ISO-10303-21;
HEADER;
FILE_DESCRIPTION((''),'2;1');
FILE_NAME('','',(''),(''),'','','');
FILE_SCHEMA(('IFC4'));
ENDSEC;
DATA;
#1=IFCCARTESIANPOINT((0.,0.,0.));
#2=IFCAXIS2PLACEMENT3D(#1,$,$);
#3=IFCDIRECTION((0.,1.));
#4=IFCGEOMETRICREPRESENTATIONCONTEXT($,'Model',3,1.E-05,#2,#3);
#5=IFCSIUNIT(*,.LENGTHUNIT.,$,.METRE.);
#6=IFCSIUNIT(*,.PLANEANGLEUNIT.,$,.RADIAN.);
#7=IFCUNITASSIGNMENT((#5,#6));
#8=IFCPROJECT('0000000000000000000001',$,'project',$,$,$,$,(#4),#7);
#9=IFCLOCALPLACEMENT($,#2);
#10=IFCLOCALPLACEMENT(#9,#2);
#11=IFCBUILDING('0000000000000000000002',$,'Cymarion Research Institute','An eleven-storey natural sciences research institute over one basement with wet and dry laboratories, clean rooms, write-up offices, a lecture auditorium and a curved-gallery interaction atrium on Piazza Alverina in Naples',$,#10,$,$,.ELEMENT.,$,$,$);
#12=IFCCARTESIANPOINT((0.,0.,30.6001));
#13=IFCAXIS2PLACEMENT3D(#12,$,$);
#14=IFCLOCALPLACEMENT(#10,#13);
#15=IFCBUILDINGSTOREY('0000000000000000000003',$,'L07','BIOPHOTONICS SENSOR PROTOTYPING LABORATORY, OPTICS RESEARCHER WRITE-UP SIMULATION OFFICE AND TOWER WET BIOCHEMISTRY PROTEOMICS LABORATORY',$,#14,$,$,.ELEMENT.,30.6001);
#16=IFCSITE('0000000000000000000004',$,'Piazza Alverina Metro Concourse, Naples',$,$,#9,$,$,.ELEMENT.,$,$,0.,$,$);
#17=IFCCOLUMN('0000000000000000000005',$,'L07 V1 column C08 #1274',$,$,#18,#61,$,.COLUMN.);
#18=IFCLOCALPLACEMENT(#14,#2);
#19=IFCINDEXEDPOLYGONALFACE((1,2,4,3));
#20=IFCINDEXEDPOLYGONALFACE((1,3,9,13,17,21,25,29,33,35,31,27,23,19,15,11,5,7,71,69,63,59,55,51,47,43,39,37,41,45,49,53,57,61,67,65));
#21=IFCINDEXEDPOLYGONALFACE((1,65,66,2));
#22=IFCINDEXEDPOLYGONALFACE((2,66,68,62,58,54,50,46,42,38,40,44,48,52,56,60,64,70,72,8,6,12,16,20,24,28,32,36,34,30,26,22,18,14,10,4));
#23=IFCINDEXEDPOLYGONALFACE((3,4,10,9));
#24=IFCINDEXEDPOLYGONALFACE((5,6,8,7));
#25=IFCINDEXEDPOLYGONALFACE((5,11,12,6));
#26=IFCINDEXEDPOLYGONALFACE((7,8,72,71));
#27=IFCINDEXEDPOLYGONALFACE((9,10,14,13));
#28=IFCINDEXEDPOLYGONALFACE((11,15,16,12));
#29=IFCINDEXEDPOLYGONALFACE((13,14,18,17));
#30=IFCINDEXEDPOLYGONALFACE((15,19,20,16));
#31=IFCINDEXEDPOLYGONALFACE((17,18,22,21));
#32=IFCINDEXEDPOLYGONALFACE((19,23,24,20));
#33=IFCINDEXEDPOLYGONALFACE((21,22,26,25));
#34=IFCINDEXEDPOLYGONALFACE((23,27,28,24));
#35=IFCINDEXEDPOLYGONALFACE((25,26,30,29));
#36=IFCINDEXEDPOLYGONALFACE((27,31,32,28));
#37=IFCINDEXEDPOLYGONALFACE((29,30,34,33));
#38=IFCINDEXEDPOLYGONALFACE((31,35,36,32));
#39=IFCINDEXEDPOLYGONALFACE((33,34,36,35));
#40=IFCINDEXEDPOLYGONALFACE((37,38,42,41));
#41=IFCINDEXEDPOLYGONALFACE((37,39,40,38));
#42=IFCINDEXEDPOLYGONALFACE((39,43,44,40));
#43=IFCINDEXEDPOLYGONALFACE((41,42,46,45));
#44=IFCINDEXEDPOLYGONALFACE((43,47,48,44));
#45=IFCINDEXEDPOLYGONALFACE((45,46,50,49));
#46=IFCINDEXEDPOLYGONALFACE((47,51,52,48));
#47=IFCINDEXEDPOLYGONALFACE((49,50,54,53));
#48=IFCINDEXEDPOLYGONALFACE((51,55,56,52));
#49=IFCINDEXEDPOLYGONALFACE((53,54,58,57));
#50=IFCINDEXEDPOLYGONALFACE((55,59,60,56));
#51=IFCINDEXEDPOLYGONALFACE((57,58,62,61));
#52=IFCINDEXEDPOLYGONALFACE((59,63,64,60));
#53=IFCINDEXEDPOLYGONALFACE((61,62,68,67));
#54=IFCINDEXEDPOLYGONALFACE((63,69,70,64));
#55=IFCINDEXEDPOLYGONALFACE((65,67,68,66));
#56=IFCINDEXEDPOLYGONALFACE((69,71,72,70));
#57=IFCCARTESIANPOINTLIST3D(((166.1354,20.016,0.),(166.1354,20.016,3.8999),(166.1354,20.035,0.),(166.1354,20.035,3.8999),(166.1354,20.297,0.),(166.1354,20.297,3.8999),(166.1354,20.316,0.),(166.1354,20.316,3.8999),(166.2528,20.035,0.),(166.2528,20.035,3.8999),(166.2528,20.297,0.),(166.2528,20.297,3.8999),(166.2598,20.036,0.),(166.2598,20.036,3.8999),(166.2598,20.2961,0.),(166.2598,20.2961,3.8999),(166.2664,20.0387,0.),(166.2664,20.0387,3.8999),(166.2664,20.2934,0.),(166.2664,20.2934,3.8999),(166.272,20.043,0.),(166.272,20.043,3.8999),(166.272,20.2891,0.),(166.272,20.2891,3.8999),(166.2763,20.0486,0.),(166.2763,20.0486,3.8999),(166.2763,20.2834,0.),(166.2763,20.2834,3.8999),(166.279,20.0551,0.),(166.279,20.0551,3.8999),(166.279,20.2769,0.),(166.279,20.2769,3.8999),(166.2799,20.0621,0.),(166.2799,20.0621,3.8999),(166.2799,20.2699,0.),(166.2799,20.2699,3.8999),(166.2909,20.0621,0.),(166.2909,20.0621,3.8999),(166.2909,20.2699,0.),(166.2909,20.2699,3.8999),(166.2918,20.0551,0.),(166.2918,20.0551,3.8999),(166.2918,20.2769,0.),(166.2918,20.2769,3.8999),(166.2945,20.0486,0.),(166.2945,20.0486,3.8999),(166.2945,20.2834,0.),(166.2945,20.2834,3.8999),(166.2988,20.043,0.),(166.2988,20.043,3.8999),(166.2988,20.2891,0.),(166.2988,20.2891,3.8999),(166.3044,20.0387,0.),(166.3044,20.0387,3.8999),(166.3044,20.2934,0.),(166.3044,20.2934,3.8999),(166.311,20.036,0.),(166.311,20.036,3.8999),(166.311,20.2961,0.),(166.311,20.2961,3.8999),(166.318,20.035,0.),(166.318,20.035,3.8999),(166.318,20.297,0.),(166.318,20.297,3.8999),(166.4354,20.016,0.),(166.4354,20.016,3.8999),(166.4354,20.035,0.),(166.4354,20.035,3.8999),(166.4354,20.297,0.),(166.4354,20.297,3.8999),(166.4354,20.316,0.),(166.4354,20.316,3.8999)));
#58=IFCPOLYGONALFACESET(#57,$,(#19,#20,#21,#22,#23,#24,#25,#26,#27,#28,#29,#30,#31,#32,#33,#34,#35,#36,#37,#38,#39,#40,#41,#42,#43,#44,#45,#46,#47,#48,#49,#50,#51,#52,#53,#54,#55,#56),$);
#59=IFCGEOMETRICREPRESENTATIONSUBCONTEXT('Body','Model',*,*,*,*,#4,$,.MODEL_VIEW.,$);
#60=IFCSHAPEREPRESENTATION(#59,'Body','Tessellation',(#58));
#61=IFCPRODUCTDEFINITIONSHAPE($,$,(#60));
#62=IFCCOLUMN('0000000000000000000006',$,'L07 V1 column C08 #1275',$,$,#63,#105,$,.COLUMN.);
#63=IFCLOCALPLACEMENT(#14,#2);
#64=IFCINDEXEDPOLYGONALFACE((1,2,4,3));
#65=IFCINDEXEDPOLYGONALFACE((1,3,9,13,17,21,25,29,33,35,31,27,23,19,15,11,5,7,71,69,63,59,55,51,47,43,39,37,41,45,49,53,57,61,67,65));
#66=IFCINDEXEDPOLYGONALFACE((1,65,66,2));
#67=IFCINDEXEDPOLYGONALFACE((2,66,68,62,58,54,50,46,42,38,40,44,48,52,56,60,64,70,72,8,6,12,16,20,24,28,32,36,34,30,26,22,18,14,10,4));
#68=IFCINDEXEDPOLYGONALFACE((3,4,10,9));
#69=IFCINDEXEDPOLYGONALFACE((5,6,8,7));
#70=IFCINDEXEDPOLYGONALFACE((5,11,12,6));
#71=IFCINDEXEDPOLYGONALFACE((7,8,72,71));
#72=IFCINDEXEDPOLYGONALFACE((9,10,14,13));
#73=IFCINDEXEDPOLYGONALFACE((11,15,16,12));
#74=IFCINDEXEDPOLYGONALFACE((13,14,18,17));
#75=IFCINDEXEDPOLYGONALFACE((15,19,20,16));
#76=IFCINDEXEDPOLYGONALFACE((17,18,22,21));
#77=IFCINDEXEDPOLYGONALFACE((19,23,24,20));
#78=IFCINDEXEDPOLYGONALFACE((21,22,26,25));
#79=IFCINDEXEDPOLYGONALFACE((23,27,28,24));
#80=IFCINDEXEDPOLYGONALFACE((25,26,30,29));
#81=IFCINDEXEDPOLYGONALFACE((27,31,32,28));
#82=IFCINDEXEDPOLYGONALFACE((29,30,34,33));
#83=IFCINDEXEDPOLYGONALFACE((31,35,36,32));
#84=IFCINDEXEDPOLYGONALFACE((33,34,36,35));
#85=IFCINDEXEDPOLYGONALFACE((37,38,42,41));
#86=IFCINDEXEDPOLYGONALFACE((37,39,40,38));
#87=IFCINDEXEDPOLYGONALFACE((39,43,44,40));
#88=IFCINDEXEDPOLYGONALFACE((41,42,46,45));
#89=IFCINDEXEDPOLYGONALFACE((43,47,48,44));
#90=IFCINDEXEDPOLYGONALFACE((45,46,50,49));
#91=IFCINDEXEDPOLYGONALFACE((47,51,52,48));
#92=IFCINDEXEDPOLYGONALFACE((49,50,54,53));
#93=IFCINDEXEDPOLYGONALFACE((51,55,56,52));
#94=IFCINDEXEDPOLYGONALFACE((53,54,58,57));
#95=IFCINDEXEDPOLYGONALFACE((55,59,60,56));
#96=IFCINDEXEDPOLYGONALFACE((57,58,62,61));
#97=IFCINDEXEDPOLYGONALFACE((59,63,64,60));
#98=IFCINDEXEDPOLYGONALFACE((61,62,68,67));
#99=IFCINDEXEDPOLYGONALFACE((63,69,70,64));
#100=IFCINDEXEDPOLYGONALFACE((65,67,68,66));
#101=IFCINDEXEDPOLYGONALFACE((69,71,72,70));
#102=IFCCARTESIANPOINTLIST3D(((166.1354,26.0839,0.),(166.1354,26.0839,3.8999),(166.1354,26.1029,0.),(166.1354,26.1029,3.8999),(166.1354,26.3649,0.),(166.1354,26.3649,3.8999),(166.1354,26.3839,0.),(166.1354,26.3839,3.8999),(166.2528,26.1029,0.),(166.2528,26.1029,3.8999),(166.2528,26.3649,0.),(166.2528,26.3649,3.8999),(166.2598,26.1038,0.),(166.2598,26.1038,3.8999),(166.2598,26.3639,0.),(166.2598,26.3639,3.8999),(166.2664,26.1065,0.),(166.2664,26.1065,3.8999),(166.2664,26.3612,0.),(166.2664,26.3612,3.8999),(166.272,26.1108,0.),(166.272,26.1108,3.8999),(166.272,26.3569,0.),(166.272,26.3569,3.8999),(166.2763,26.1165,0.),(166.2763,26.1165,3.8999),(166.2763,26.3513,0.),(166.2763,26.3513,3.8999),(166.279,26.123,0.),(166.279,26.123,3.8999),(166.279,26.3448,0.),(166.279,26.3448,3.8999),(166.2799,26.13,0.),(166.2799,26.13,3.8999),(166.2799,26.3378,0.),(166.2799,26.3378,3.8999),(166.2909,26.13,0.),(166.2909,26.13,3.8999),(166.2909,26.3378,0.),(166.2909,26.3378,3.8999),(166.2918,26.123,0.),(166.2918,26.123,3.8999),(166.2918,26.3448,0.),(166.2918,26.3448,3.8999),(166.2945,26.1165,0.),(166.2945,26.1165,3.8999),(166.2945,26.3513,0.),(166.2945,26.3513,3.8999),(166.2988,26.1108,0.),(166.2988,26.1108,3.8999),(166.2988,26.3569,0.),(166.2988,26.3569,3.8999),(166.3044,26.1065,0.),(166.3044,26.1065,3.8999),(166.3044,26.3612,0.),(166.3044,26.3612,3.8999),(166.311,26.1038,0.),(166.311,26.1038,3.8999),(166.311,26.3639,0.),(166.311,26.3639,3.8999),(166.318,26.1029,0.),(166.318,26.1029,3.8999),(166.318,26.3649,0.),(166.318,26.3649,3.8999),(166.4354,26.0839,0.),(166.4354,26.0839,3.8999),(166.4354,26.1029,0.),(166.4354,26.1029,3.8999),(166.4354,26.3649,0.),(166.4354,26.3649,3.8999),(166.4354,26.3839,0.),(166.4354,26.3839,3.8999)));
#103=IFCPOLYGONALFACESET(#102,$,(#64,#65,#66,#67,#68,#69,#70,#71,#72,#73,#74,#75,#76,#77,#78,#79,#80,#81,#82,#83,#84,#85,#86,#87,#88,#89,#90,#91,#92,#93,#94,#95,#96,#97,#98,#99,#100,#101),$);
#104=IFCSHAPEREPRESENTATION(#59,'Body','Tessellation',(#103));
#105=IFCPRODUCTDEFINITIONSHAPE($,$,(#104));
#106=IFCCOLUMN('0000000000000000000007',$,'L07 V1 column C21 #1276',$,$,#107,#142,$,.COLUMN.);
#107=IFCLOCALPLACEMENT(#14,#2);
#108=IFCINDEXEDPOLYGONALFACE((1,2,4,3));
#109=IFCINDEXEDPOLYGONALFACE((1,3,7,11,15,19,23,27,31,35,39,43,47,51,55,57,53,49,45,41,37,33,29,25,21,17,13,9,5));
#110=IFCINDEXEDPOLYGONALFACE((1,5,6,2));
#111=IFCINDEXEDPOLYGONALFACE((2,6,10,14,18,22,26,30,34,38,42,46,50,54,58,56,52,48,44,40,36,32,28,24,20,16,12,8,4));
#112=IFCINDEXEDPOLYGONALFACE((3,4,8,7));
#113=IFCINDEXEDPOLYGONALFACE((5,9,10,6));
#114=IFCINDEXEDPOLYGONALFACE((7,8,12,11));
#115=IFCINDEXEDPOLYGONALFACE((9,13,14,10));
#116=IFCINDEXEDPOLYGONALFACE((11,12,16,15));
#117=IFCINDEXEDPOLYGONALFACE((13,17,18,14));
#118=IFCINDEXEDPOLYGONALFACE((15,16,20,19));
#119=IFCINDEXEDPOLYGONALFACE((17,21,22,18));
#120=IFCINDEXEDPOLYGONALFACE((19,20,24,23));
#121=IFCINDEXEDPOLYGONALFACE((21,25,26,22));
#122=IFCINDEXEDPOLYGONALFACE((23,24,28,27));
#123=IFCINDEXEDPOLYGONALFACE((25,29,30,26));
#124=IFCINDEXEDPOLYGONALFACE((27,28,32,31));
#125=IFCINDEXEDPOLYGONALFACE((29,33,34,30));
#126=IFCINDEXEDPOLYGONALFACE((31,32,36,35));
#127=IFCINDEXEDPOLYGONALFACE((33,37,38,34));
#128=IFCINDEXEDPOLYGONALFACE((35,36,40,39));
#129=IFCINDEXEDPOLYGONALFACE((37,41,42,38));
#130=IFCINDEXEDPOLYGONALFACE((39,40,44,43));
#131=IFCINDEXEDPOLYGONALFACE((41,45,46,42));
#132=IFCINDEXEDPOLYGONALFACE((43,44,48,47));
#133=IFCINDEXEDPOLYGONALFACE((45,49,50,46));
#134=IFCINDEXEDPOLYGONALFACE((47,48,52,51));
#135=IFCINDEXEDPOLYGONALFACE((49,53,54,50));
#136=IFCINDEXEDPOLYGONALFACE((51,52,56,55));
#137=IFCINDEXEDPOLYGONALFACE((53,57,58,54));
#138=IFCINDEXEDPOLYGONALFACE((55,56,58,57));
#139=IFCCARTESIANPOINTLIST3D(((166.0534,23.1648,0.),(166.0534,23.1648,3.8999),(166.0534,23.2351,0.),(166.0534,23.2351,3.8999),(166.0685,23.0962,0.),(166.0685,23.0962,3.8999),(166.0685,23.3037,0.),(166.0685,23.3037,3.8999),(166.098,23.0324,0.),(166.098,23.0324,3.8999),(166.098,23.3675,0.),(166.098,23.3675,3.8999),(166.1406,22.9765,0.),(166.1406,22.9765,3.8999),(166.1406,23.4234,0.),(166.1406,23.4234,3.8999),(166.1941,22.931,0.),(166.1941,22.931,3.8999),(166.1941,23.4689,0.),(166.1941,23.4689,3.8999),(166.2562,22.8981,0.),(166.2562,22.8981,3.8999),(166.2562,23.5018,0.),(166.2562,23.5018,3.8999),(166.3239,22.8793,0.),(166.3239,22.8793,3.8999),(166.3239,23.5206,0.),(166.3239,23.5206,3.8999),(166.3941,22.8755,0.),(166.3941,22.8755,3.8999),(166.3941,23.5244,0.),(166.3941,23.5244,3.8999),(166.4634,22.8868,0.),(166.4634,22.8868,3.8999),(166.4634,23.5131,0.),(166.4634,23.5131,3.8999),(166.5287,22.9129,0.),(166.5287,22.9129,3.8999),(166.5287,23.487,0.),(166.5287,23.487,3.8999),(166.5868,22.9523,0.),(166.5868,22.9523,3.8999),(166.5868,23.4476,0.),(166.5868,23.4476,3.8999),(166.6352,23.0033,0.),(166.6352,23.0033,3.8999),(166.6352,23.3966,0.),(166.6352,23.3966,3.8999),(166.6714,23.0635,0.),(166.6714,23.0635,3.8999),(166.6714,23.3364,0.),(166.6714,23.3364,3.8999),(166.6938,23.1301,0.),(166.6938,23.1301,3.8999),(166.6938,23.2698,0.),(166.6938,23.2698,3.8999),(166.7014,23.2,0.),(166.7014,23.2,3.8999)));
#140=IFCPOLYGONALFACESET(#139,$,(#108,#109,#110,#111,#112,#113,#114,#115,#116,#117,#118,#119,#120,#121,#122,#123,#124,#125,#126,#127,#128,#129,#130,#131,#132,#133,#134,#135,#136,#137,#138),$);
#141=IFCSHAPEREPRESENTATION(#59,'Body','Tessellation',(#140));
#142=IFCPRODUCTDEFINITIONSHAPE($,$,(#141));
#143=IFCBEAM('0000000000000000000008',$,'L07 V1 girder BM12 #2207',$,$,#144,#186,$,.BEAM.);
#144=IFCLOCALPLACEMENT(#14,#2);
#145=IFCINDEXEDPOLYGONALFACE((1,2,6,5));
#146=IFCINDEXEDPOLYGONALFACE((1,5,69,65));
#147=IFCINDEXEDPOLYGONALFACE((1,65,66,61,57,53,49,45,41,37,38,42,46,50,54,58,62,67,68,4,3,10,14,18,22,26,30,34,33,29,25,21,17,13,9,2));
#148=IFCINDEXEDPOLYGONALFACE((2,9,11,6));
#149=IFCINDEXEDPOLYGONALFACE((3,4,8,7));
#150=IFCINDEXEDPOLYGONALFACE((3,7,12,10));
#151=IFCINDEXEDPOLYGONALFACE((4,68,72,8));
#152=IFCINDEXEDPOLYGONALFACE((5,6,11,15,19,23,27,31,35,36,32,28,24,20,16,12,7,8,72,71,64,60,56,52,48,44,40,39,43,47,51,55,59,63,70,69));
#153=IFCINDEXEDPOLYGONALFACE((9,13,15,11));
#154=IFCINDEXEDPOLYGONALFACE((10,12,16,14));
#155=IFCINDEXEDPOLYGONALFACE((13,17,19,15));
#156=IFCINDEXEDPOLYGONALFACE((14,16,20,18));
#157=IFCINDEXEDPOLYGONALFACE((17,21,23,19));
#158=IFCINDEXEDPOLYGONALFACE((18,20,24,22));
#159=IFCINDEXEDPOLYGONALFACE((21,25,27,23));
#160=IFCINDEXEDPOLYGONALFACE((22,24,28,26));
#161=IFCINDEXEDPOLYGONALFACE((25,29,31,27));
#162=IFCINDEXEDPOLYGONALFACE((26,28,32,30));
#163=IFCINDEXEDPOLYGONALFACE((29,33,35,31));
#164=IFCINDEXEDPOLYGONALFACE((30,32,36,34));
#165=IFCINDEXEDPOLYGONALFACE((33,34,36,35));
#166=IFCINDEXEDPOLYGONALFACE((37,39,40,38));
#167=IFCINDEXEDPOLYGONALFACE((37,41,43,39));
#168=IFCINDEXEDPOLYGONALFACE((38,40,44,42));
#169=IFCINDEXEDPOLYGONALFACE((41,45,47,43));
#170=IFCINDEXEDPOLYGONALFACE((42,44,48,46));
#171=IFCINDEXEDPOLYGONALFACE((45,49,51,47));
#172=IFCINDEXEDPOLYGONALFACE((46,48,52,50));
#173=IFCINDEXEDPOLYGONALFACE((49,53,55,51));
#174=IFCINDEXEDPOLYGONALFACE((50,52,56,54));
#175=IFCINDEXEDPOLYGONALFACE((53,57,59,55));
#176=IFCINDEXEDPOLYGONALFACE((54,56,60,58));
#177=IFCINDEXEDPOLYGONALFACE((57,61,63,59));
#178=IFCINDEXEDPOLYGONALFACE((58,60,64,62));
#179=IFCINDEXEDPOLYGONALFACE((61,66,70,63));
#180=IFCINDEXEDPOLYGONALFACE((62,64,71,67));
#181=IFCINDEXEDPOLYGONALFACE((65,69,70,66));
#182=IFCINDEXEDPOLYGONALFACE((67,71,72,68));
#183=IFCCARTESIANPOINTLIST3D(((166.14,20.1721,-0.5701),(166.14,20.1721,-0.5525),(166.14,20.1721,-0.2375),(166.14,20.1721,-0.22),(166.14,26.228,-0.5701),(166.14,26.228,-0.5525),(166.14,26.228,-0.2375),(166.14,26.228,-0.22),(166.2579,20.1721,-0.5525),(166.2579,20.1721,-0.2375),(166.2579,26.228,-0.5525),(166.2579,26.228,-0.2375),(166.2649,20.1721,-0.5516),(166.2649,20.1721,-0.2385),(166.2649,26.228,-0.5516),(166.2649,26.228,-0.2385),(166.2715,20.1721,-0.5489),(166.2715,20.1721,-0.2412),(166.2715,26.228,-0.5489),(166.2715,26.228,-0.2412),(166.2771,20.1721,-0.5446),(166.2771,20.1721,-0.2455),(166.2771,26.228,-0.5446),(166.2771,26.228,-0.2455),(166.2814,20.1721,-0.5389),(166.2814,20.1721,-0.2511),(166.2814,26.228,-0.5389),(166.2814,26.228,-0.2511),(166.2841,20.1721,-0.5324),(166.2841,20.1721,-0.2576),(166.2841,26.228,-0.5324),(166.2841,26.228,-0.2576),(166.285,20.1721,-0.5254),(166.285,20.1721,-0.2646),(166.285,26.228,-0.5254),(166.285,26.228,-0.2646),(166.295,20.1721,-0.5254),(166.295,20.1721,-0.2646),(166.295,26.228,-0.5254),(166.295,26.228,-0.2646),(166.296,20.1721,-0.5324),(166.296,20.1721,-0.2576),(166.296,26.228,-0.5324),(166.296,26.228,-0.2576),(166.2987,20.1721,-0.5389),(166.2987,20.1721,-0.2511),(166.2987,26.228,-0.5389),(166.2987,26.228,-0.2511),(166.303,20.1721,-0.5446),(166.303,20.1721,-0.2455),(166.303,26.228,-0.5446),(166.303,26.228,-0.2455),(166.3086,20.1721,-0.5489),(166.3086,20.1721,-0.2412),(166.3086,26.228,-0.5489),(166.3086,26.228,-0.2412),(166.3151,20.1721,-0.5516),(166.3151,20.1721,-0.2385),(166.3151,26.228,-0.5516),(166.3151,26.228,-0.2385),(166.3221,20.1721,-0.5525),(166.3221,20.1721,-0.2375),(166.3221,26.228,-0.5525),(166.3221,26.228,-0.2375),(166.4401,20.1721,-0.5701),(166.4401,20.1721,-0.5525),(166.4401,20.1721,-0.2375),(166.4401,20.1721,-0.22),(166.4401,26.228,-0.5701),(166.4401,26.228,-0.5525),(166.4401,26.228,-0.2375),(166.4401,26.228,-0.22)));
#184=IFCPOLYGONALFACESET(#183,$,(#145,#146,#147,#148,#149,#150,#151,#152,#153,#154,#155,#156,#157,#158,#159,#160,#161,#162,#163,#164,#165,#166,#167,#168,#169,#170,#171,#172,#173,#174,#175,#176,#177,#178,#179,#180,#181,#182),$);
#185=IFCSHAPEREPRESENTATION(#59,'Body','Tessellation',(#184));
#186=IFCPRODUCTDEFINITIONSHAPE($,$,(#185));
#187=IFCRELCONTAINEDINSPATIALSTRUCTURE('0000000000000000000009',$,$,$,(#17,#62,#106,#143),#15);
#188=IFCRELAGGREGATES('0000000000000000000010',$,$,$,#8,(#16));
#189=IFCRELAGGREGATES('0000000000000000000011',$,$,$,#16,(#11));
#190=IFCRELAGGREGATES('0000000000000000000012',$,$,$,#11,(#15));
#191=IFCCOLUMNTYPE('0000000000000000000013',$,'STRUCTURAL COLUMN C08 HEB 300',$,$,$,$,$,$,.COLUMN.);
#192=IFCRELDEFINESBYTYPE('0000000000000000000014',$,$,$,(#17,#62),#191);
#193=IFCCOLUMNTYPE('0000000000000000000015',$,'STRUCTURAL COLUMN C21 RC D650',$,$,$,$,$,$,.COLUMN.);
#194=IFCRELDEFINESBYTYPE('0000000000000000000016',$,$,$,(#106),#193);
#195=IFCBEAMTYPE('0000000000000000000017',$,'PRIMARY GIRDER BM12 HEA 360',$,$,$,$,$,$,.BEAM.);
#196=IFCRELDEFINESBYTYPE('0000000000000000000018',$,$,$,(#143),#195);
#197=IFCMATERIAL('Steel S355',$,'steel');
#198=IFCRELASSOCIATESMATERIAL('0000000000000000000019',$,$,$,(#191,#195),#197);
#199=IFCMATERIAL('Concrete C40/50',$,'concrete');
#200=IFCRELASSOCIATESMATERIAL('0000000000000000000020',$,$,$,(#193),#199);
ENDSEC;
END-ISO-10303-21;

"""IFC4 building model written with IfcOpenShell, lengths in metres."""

from ifc_helpers import new_model, si_unit, direction, frame, origin, origin_2d, place, context, subcontext, project, spatial, circle, i_section, extrude, material, material_profile, profile_set, type_object, element, save


model = new_model("IFC4")

# Units and contexts
model_context = context("Model", 3, precision=1e-05, world=origin(), true_north=direction((0.0, 1.0)))
body_context = subcontext(model_context, "Body", "Model", "MODEL_VIEW")
ifc_project = project(units=[si_unit("LENGTHUNIT", "METRE"), si_unit("PLANEANGLEUNIT", "RADIAN")], contexts=[model_context])

# Site, building, storey
site_placement = place(None, origin())
site = spatial("IfcSite", under=ifc_project, at=site_placement, Name="Piazza Alverina Metro Concourse, Naples", CompositionType="ELEMENT", RefElevation=0.0)
building_placement = place(site_placement, origin())
building = spatial("IfcBuilding", under=site, at=building_placement, Name="Cymarion Research Institute", Description="An eleven-storey natural sciences research institute over one basement with wet and dry laboratories, clean rooms, write-up offices, a lecture auditorium and a curved-gallery interaction atrium on Piazza Alverina in Naples", CompositionType="ELEMENT")
storey_placement = place(building_placement, frame((0.0, 0.0, 30.6001)))
storey = spatial("IfcBuildingStorey", under=building, at=storey_placement, Name="L07", Description="BIOPHOTONICS SENSOR PROTOTYPING LABORATORY, OPTICS RESEARCHER WRITE-UP SIMULATION OFFICE AND TOWER WET BIOCHEMISTRY PROTEOMICS LABORATORY", CompositionType="ELEMENT", Elevation=30.6001)

# Columns
ifc_material_1 = material(Name="Steel S355", Category="steel")
ifc_material_profile_1 = material_profile(ifc_material_1, i_section(OverallWidth=0.3, OverallDepth=0.3, WebThickness=0.011, FlangeThickness=0.019, FilletRadius=0.0271, at=origin_2d()), Name="HEB 300")
ifc_profile_set_1 = profile_set([ifc_material_profile_1], Name="Steel S355")
column_type_1 = type_object("IfcColumnType", Name="STRUCTURAL COLUMN C08 HEB 300", PredefinedType="COLUMN", material=ifc_profile_set_1)
for number, where, z_axis, x_axis, name in (
    (1, (166.2854, 20.166, 0.0), (0.0, 0.0, 1.0), (1.0, 0.0, 0.0), "L07 V1 column C08 #1274"),
    (2, (166.2854, 26.2339, 0.0), (0.0, 0.0, 1.0), (1.0, 0.0, 0.0), "L07 V1 column C08 #1275"),
):
    element("IfcColumn", number, at=place(storey_placement, frame(where, z_axis=z_axis, x_axis=x_axis)), inside=storey, type_object=column_type_1, Name=name, PredefinedType="COLUMN", context=body_context, shape_type="SweptSolid", body=[
        extrude(i_section(OverallWidth=0.3, OverallDepth=0.3, WebThickness=0.011, FlangeThickness=0.019, FilletRadius=0.0271, at=origin_2d()), origin(), (0.0, 0.0, 1.0), 3.8999),
    ])
ifc_material_2 = material(Name="Concrete C40/50", Category="concrete")
ifc_material_profile_2 = material_profile(ifc_material_2, circle(Radius=0.325, at=origin_2d()), Name="RC D650")
ifc_profile_set_2 = profile_set([ifc_material_profile_2], Name="Concrete C40/50")
column_type_2 = type_object("IfcColumnType", Name="STRUCTURAL COLUMN C21 RC D650", PredefinedType="COLUMN", material=ifc_profile_set_2)
column_placement = place(storey_placement, frame((166.3765, 23.2, 0.0), z_axis=(0.0, 0.0, 1.0), x_axis=(1.0, 0.0, 0.0)))
element("IfcColumn", 3, at=column_placement, inside=storey, type_object=column_type_2, Name="L07 V1 column C21 #1276", PredefinedType="COLUMN", context=body_context, shape_type="SweptSolid", body=[
    extrude(circle(Radius=0.325, at=origin_2d()), origin(), (0.0, 0.0, 1.0), 3.8999),
])

# Beam
ifc_material_profile_3 = material_profile(ifc_material_1, i_section(OverallWidth=0.3, OverallDepth=0.3501, WebThickness=0.01, FlangeThickness=0.0176, FilletRadius=0.0271, at=origin_2d()), Name="HEA 360")
ifc_profile_set_3 = profile_set([ifc_material_profile_3], Name="Steel S355")
beam_type = type_object("IfcBeamType", Name="PRIMARY GIRDER BM12 HEA 360", PredefinedType="BEAM", material=ifc_profile_set_3)
beam_placement = place(storey_placement, frame((166.29, 20.1721, -0.395), z_axis=(0.0, 1.0, 0.0), x_axis=(-1.0, 0.0, 0.0)))
element("IfcBeam", 4, at=beam_placement, inside=storey, type_object=beam_type, Name="L07 V1 girder BM12 #2207", PredefinedType="BEAM", context=body_context, shape_type="SweptSolid", body=[
    extrude(i_section(OverallWidth=0.3, OverallDepth=0.3501, WebThickness=0.01, FlangeThickness=0.0176, FilletRadius=0.0271, at=origin_2d()), origin(), (0.0, 0.0, 1.0), 6.0559),
])

save(model, "model.ifc")
